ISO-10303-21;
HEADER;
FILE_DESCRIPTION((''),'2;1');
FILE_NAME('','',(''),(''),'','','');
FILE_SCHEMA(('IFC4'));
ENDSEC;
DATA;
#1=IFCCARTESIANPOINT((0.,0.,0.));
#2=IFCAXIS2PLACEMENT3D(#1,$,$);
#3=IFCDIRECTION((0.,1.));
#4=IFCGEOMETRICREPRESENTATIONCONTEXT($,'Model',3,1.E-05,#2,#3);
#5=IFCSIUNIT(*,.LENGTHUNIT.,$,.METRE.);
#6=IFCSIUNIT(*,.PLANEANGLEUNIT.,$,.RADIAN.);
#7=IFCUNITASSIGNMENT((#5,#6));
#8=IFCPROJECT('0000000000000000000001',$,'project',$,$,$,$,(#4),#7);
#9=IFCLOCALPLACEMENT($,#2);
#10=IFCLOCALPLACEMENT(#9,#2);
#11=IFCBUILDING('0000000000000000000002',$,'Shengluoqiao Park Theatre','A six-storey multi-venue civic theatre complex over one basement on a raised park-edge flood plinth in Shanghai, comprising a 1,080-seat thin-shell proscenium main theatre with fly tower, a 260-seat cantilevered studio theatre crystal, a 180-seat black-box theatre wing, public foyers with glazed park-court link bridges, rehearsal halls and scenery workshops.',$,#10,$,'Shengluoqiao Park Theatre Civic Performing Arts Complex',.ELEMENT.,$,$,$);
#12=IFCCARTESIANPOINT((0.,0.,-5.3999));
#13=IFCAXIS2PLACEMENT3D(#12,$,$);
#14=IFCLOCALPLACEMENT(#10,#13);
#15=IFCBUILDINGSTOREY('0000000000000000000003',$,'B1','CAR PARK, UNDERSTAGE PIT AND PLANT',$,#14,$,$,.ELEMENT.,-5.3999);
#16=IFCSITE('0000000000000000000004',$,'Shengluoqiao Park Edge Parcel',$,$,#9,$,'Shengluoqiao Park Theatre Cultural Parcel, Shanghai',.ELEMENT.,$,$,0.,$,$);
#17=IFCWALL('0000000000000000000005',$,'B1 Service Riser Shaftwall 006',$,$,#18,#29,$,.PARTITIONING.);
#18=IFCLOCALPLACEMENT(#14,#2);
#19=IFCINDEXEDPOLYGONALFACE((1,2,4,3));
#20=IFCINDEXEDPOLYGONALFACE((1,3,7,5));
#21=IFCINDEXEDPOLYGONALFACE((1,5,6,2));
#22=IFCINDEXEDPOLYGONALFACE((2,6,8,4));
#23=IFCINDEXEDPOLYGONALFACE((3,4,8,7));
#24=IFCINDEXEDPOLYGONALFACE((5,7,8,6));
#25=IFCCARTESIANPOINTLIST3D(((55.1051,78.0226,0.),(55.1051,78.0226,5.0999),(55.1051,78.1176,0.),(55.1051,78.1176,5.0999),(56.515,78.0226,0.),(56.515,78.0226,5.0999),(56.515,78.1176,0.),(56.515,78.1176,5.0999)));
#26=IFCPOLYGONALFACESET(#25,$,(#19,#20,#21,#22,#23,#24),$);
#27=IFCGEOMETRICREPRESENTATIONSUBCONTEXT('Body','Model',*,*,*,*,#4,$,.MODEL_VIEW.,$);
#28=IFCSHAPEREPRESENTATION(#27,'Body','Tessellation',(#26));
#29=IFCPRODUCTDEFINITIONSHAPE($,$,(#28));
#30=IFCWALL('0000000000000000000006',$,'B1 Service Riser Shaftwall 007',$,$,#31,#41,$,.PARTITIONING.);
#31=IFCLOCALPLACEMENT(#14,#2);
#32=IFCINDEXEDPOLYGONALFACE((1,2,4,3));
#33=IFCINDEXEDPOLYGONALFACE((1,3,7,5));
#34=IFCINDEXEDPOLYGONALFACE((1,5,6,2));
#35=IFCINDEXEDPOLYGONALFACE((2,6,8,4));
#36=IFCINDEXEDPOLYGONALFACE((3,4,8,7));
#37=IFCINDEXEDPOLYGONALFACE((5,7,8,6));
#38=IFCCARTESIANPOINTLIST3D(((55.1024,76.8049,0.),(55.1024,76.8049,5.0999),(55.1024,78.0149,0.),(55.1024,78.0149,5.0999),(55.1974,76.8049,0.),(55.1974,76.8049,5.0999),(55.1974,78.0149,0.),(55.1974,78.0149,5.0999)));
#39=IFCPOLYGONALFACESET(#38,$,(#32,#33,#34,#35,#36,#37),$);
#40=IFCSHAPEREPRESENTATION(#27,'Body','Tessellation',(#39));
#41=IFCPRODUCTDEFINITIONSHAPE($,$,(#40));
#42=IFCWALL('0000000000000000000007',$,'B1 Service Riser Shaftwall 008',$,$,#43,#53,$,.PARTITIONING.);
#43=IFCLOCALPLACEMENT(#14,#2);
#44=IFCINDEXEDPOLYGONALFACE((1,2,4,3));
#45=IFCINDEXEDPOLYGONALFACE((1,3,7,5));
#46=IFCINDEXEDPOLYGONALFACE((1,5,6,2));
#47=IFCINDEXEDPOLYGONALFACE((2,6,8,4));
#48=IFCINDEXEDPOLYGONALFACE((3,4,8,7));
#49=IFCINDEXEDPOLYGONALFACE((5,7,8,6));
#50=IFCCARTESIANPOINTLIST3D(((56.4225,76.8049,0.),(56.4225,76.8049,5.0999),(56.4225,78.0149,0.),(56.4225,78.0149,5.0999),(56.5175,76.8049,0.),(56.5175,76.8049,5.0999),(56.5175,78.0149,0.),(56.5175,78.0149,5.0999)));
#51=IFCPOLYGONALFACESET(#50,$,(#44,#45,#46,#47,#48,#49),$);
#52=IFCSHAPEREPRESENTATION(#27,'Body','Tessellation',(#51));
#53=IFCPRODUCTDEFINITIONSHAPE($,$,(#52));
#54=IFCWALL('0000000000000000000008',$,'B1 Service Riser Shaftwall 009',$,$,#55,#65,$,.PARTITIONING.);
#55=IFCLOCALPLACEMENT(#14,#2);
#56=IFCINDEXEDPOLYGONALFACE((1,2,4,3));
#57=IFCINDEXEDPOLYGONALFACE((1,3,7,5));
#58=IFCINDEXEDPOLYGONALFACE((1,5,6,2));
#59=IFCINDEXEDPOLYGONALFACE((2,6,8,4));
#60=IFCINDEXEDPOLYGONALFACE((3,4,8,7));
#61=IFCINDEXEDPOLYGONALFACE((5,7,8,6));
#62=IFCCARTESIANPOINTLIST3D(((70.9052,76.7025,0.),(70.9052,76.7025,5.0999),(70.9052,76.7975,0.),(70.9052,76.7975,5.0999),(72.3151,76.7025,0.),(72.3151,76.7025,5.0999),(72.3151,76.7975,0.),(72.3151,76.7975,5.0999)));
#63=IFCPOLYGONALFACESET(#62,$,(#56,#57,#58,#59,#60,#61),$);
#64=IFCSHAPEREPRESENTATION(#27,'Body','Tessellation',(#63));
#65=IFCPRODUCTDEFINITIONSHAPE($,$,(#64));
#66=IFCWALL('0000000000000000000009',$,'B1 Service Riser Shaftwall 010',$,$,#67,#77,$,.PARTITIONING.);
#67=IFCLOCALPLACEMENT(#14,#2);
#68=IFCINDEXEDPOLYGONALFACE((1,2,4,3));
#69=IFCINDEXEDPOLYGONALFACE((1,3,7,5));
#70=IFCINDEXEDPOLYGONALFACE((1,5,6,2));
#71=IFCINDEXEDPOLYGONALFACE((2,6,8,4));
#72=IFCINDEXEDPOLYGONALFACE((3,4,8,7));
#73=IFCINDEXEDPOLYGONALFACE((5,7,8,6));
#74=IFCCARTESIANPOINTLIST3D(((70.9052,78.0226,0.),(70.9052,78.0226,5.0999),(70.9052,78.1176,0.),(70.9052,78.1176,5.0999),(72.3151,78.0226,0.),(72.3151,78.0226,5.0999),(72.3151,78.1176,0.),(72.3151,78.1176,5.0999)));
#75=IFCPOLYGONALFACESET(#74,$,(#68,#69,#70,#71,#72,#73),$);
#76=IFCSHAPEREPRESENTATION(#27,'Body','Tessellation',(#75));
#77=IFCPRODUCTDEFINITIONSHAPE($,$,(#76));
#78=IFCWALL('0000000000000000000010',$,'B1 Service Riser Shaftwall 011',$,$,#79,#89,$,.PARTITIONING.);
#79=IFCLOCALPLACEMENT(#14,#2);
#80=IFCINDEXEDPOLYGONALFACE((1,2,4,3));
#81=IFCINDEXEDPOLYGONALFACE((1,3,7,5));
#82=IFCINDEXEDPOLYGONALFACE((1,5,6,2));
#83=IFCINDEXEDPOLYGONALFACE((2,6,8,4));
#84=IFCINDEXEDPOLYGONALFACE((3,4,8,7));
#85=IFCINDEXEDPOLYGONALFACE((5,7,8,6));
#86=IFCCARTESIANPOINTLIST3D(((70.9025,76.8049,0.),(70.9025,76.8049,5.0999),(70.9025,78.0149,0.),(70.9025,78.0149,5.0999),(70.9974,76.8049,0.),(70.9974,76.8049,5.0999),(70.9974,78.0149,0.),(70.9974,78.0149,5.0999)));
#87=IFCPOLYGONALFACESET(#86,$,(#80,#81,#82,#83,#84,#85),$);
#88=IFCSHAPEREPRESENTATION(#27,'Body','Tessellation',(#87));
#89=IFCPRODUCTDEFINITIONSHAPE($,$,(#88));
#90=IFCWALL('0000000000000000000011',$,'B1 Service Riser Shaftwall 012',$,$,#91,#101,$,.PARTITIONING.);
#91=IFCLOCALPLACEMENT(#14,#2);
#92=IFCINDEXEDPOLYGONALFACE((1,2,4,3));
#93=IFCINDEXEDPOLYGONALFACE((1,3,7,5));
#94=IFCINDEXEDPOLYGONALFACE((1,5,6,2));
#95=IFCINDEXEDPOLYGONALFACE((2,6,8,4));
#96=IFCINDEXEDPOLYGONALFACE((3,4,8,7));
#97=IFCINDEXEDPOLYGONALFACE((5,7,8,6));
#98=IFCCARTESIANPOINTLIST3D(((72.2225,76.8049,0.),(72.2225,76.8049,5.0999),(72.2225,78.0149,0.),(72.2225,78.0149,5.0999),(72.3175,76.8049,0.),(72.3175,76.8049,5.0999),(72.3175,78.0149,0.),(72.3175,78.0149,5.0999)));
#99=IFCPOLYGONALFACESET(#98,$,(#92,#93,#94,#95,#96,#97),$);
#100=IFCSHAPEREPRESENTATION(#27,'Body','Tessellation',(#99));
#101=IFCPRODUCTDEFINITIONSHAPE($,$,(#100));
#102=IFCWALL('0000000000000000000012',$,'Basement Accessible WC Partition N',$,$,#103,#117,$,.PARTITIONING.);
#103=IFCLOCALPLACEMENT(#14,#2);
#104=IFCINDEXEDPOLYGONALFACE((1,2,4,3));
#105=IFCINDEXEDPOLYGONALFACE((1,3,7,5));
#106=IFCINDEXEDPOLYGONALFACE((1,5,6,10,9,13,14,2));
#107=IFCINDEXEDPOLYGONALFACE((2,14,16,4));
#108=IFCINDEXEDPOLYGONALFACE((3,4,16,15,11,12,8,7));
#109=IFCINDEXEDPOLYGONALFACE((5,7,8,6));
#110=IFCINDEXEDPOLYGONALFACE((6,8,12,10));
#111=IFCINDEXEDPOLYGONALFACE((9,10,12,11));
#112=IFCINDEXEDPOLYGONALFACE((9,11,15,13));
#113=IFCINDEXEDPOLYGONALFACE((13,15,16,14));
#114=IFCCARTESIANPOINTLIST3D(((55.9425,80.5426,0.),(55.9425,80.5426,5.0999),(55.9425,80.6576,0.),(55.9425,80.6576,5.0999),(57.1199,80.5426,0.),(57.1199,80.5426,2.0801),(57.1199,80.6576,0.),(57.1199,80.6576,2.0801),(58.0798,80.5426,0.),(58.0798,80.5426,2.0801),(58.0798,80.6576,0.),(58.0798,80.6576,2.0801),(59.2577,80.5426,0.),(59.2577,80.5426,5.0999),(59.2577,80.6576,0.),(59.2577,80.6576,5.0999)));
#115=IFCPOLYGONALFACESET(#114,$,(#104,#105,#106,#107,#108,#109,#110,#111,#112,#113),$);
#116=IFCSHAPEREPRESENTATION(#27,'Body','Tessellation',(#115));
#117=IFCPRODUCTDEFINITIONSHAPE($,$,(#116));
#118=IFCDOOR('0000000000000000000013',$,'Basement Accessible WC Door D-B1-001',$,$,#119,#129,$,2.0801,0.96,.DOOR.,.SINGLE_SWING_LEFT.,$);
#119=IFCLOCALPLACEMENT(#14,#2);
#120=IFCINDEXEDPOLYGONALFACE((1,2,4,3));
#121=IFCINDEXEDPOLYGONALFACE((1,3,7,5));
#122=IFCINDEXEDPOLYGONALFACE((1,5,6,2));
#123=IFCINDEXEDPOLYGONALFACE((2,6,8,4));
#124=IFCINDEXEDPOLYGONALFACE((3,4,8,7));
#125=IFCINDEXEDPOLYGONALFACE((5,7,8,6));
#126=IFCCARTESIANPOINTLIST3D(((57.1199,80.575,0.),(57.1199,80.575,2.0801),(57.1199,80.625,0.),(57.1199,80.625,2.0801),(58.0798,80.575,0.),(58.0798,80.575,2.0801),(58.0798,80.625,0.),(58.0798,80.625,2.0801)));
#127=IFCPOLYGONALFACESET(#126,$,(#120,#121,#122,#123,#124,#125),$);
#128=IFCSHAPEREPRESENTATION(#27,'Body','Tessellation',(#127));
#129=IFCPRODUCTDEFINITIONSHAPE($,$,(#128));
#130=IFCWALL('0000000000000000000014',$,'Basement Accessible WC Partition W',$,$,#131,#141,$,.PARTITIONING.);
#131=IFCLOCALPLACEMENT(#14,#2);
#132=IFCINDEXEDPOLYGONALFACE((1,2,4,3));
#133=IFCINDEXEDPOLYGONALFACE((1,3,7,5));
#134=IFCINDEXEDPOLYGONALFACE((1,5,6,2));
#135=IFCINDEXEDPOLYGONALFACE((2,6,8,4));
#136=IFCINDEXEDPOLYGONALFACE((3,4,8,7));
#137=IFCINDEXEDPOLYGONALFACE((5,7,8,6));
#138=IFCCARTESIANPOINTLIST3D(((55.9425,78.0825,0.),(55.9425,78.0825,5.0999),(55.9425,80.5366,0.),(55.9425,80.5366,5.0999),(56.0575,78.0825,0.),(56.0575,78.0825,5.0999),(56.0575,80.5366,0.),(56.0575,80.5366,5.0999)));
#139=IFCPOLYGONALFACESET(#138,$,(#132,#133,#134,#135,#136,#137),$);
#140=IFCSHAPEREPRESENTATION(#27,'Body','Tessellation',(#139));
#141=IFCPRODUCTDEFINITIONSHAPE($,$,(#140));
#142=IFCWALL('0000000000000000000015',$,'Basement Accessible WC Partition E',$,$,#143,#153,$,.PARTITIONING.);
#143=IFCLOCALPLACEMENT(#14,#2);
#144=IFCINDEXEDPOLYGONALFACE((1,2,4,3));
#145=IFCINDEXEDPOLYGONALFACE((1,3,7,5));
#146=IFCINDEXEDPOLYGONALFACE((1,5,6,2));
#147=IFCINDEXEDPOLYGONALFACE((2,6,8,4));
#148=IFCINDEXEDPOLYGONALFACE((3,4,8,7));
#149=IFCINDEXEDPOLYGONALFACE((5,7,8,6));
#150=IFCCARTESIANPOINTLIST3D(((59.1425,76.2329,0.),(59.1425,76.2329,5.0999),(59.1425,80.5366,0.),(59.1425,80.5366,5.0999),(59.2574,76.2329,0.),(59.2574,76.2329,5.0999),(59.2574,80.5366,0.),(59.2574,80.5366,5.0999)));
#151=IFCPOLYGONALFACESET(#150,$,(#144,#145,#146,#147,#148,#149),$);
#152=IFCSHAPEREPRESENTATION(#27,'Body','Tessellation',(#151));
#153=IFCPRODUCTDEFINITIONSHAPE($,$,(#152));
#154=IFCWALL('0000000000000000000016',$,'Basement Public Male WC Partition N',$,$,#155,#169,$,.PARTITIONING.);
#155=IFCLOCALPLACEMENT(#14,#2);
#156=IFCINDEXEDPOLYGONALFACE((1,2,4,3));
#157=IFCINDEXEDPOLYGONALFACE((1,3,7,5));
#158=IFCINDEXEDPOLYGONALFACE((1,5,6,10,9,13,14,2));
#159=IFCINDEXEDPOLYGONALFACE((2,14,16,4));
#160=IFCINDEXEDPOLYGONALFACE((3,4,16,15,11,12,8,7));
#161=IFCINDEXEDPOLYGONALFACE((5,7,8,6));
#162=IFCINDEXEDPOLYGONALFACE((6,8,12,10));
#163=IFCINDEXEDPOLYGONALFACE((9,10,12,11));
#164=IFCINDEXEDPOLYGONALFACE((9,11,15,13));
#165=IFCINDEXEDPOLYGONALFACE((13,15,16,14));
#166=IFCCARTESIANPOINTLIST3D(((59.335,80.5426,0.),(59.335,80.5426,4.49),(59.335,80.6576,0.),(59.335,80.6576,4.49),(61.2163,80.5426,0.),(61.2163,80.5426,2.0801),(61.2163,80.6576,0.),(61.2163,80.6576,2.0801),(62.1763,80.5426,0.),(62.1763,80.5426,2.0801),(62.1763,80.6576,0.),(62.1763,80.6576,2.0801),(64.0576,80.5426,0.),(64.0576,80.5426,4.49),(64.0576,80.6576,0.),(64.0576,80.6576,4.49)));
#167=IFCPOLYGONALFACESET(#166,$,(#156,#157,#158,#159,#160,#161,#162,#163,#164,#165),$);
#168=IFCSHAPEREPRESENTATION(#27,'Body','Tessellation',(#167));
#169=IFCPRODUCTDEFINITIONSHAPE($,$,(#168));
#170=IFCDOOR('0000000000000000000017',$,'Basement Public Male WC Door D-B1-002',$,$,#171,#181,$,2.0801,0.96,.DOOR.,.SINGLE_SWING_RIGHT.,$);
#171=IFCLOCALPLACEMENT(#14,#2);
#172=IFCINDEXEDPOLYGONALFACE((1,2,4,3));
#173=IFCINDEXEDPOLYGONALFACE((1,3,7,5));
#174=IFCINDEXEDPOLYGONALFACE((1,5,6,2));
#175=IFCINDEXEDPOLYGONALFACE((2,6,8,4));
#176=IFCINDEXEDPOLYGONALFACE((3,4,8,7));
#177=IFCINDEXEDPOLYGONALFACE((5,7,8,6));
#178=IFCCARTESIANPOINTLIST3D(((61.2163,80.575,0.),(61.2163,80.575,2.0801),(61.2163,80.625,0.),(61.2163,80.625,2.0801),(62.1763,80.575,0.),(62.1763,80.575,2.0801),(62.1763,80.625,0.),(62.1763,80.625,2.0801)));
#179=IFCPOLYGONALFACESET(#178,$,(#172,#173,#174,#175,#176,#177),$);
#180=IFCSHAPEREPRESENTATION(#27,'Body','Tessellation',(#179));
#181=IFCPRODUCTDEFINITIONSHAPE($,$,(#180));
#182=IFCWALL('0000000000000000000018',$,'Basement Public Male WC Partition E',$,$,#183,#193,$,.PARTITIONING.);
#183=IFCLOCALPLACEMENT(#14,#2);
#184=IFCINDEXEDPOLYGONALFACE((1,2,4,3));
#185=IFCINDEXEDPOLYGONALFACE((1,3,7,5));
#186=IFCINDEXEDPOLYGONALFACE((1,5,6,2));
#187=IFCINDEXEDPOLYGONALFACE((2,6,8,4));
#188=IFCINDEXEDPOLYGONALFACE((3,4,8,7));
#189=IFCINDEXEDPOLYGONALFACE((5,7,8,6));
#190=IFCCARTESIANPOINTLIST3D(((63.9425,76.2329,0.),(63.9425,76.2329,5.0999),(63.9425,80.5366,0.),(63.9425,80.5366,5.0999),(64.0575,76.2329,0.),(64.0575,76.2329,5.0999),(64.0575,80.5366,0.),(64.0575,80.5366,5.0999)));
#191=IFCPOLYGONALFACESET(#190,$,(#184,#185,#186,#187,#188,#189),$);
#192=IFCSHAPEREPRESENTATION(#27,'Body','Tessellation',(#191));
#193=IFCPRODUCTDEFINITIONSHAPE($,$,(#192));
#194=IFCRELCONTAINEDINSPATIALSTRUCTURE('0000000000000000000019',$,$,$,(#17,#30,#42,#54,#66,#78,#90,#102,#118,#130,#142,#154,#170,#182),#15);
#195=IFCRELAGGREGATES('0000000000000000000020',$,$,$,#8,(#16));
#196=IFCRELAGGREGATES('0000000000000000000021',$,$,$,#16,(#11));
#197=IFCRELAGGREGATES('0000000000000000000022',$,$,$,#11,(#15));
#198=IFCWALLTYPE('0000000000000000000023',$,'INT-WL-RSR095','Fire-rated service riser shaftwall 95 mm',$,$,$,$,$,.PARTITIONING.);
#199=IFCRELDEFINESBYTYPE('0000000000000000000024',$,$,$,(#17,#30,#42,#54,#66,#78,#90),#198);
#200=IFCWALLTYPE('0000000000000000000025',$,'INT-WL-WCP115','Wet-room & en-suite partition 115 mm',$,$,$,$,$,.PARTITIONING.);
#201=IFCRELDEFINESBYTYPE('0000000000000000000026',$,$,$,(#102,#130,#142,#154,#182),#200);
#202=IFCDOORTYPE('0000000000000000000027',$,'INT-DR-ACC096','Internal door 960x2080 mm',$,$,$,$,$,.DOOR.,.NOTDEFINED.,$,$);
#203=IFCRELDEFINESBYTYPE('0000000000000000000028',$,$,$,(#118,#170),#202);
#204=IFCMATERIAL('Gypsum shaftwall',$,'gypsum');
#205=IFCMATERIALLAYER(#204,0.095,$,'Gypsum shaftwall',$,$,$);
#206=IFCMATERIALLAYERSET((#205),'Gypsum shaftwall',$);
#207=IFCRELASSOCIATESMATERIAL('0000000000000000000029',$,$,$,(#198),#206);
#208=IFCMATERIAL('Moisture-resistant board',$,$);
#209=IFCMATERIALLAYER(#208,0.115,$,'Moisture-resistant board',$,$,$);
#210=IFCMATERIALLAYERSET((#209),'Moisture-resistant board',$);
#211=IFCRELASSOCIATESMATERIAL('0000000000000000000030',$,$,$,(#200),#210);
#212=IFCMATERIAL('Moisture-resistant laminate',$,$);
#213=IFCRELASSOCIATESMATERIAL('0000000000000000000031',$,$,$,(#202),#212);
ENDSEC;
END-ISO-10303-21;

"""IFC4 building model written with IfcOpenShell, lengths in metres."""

from ifc_helpers import new_model, si_unit, direction, frame, frame_2d, origin, place, context, subcontext, project, spatial, rectangle, extrude, material, layer, layer_set, type_object, element, fill, save


model = new_model("IFC4")

# Units and contexts
model_context = context("Model", 3, precision=1e-05, world=origin(), true_north=direction((0.0, 1.0)))
body_context = subcontext(model_context, "Body", "Model", "MODEL_VIEW")
ifc_project = project(units=[si_unit("LENGTHUNIT", "METRE"), si_unit("PLANEANGLEUNIT", "RADIAN")], contexts=[model_context])

# Site, building, storey
site_placement = place(None, origin())
site = spatial("IfcSite", under=ifc_project, at=site_placement, Name="Shengluoqiao Park Edge Parcel", LongName="Shengluoqiao Park Theatre Cultural Parcel, Shanghai", CompositionType="ELEMENT", RefElevation=0.0)
building_placement = place(site_placement, origin())
building = spatial("IfcBuilding", under=site, at=building_placement, Name="Shengluoqiao Park Theatre", Description="A six-storey multi-venue civic theatre complex over one basement on a raised park-edge flood plinth in Shanghai, comprising a 1,080-seat thin-shell proscenium main theatre with fly tower, a 260-seat cantilevered studio theatre crystal, a 180-seat black-box theatre wing, public foyers with glazed park-court link bridges, rehearsal halls and scenery workshops.", LongName="Shengluoqiao Park Theatre Civic Performing Arts Complex", CompositionType="ELEMENT")
storey_placement = place(building_placement, frame((0.0, 0.0, -5.3999)))
storey = spatial("IfcBuildingStorey", under=building, at=storey_placement, Name="B1", Description="CAR PARK, UNDERSTAGE PIT AND PLANT", CompositionType="ELEMENT", Elevation=-5.3999)

# Walls
ifc_material_1 = material(Name="Gypsum shaftwall", Category="gypsum")
ifc_layer_1 = layer(ifc_material_1, 0.095, Name="Gypsum shaftwall")
ifc_layer_set_1 = layer_set([ifc_layer_1], Name="Gypsum shaftwall")
wall_type_1 = type_object("IfcWallType", Name="INT-WL-RSR095", Description="Fire-rated service riser shaftwall 95 mm", PredefinedType="PARTITIONING", material=ifc_layer_set_1)
for number, where, z_axis, x_axis, name in (
    (1, (55.105, 78.0701, 0.0), (0.0, 0.0, 1.0), (1.0, 0.0, 0.0), "B1 Service Riser Shaftwall 006"),
):
    element("IfcWall", number, at=place(storey_placement, frame(where, z_axis=z_axis, x_axis=x_axis)), inside=storey, type_object=wall_type_1, Name=name, PredefinedType="PARTITIONING", context=body_context, shape_type="SweptSolid", body=[
        extrude(rectangle(XDim=1.4099, YDim=0.095, at=frame_2d((0.7051, 0.0))), origin(), (0.0, 0.0, 1.0), 5.0999),
    ])
for number, where, z_axis, x_axis, name in (
    (2, (55.1499, 76.8049, 0.0), (0.0, 0.0, 1.0), (0.0, 1.0, 0.0), "B1 Service Riser Shaftwall 007"),
    (3, (56.47, 76.8049, 0.0), (0.0, 0.0, 1.0), (0.0, 1.0, 0.0), "B1 Service Riser Shaftwall 008"),
):
    element("IfcWall", number, at=place(storey_placement, frame(where, z_axis=z_axis, x_axis=x_axis)), inside=storey, type_object=wall_type_1, Name=name, PredefinedType="PARTITIONING", context=body_context, shape_type="SweptSolid", body=[
        extrude(rectangle(XDim=1.21, YDim=0.095, at=frame_2d((0.605, 0.0))), origin(), (0.0, 0.0, 1.0), 5.0999),
    ])
for number, where, z_axis, x_axis, name in (
    (4, (70.905, 76.75, 0.0), (0.0, 0.0, 1.0), (1.0, 0.0, 0.0), "B1 Service Riser Shaftwall 009"),
    (5, (70.905, 78.0701, 0.0), (0.0, 0.0, 1.0), (1.0, 0.0, 0.0), "B1 Service Riser Shaftwall 010"),
):
    element("IfcWall", number, at=place(storey_placement, frame(where, z_axis=z_axis, x_axis=x_axis)), inside=storey, type_object=wall_type_1, Name=name, PredefinedType="PARTITIONING", context=body_context, shape_type="SweptSolid", body=[
        extrude(rectangle(XDim=1.4099, YDim=0.095, at=frame_2d((0.7051, 0.0))), origin(), (0.0, 0.0, 1.0), 5.0999),
    ])
for number, where, z_axis, x_axis, name in (
    (6, (70.95, 76.8049, 0.0), (0.0, 0.0, 1.0), (0.0, 1.0, 0.0), "B1 Service Riser Shaftwall 011"),
    (7, (72.27, 76.8049, 0.0), (0.0, 0.0, 1.0), (0.0, 1.0, 0.0), "B1 Service Riser Shaftwall 012"),
):
    element("IfcWall", number, at=place(storey_placement, frame(where, z_axis=z_axis, x_axis=x_axis)), inside=storey, type_object=wall_type_1, Name=name, PredefinedType="PARTITIONING", context=body_context, shape_type="SweptSolid", body=[
        extrude(rectangle(XDim=1.21, YDim=0.095, at=frame_2d((0.605, 0.0))), origin(), (0.0, 0.0, 1.0), 5.0999),
    ])

# Wall, opening, door
ifc_material_2 = material(Name="Moisture-resistant board")
ifc_layer_2 = layer(ifc_material_2, 0.115, Name="Moisture-resistant board")
ifc_layer_set_2 = layer_set([ifc_layer_2], Name="Moisture-resistant board")
wall_type_2 = type_object("IfcWallType", Name="INT-WL-WCP115", Description="Wet-room & en-suite partition 115 mm", PredefinedType="PARTITIONING", material=ifc_layer_set_2)
wall_1_placement = place(storey_placement, frame((55.9424, 80.6001, 0.0), z_axis=(0.0, 0.0, 1.0), x_axis=(1.0, 0.0, 0.0)))
wall_1 = element("IfcWall", 8, at=wall_1_placement, inside=storey, type_object=wall_type_2, Name="Basement Accessible WC Partition N", PredefinedType="PARTITIONING", context=body_context, shape_type="SweptSolid", body=[
    extrude(rectangle(XDim=3.3152, YDim=0.115, at=frame_2d((1.6577, 0.0))), origin(), (0.0, 0.0, 1.0), 5.0999),
])
opening_1_placement = place(wall_1_placement, frame((1.1775, 0.0, 0.0)))
opening_1 = element("IfcOpeningElement", 9, at=opening_1_placement, cuts=wall_1, PredefinedType="OPENING", context=body_context, shape_type="SweptSolid", body=[
    extrude(rectangle(XDim=0.96, YDim=2.0801, at=frame_2d((0.48, 1.04))), frame((0.0, 0.0674, 0.0), z_axis=(0.0, -1.0, 0.0), x_axis=(1.0, 0.0, 0.0)), (0.0, 0.0, 1.0), 0.135),
])
ifc_material_3 = material(Name="Moisture-resistant laminate")
door_type_1 = type_object("IfcDoorType", Name="INT-DR-ACC096", Description="Internal door 960x2080 mm", OperationType="NOTDEFINED", PredefinedType="DOOR", material=ifc_material_3)
door_1_placement = place(opening_1_placement, origin())
door_1 = element("IfcDoor", 10, at=door_1_placement, inside=storey, type_object=door_type_1, Name="Basement Accessible WC Door D-B1-001", OperationType="SINGLE_SWING_LEFT", OverallHeight=2.0801, OverallWidth=0.96, PredefinedType="DOOR", context=body_context, shape_type="SweptSolid", body=[
    extrude(rectangle(XDim=0.96, YDim=2.0801, at=frame_2d((0.48, 1.04))), frame((0.0, 0.0249, 0.0), z_axis=(0.0, -1.0, 0.0), x_axis=(1.0, 0.0, 0.0)), (0.0, 0.0, 1.0), 0.05),
])
fill(opening_1, door_1)

# Walls
wall_2_placement = place(storey_placement, frame((56.0, 78.0825, 0.0), z_axis=(0.0, 0.0, 1.0), x_axis=(0.0, 1.0, 0.0)))
element("IfcWall", 11, at=wall_2_placement, inside=storey, type_object=wall_type_2, Name="Basement Accessible WC Partition W", PredefinedType="PARTITIONING", context=body_context, shape_type="SweptSolid", body=[
    extrude(rectangle(XDim=2.4541, YDim=0.115, at=frame_2d((1.2271, 0.0))), origin(), (0.0, 0.0, 1.0), 5.0999),
])
wall_3_placement = place(storey_placement, frame((59.2, 76.2329, 0.0), z_axis=(0.0, 0.0, 1.0), x_axis=(0.0, 1.0, 0.0)))
element("IfcWall", 12, at=wall_3_placement, inside=storey, type_object=wall_type_2, Name="Basement Accessible WC Partition E", PredefinedType="PARTITIONING", context=body_context, shape_type="SweptSolid", body=[
    extrude(rectangle(XDim=4.3037, YDim=0.115, at=frame_2d((2.1519, 0.0))), origin(), (0.0, 0.0, 1.0), 5.0999),
])

# Wall, opening, door
wall_4_placement = place(storey_placement, frame((59.335, 80.6001, 0.0), z_axis=(0.0, 0.0, 1.0), x_axis=(1.0, 0.0, 0.0)))
wall_4 = element("IfcWall", 13, at=wall_4_placement, inside=storey, type_object=wall_type_2, Name="Basement Public Male WC Partition N", PredefinedType="PARTITIONING", context=body_context, shape_type="SweptSolid", body=[
    extrude(rectangle(XDim=4.7227, YDim=0.115, at=frame_2d((2.3613, 0.0))), origin(), (0.0, 0.0, 1.0), 4.49),
])
opening_2_placement = place(wall_4_placement, frame((1.8813, 0.0, 0.0)))
opening_2 = element("IfcOpeningElement", 14, at=opening_2_placement, cuts=wall_4, PredefinedType="OPENING", context=body_context, shape_type="SweptSolid", body=[
    extrude(rectangle(XDim=0.96, YDim=2.0801, at=frame_2d((0.48, 1.04))), frame((0.0, 0.0674, 0.0), z_axis=(0.0, -1.0, 0.0), x_axis=(1.0, 0.0, 0.0)), (0.0, 0.0, 1.0), 0.135),
])
door_2_placement = place(opening_2_placement, origin())
door_2 = element("IfcDoor", 15, at=door_2_placement, inside=storey, type_object=door_type_1, Name="Basement Public Male WC Door D-B1-002", OperationType="SINGLE_SWING_RIGHT", OverallHeight=2.0801, OverallWidth=0.96, PredefinedType="DOOR", context=body_context, shape_type="SweptSolid", body=[
    extrude(rectangle(XDim=0.96, YDim=2.0801, at=frame_2d((0.48, 1.04))), frame((0.0, 0.0249, 0.0), z_axis=(0.0, -1.0, 0.0), x_axis=(1.0, 0.0, 0.0)), (0.0, 0.0, 1.0), 0.05),
])
fill(opening_2, door_2)

# Wall
wall_5_placement = place(storey_placement, frame((64.0, 76.2329, 0.0), z_axis=(0.0, 0.0, 1.0), x_axis=(0.0, 1.0, 0.0)))
element("IfcWall", 16, at=wall_5_placement, inside=storey, type_object=wall_type_2, Name="Basement Public Male WC Partition E", PredefinedType="PARTITIONING", context=body_context, shape_type="SweptSolid", body=[
    extrude(rectangle(XDim=4.3037, YDim=0.115, at=frame_2d((2.1519, 0.0))), origin(), (0.0, 0.0, 1.0), 5.0999),
])

save(model, "model.ifc")
